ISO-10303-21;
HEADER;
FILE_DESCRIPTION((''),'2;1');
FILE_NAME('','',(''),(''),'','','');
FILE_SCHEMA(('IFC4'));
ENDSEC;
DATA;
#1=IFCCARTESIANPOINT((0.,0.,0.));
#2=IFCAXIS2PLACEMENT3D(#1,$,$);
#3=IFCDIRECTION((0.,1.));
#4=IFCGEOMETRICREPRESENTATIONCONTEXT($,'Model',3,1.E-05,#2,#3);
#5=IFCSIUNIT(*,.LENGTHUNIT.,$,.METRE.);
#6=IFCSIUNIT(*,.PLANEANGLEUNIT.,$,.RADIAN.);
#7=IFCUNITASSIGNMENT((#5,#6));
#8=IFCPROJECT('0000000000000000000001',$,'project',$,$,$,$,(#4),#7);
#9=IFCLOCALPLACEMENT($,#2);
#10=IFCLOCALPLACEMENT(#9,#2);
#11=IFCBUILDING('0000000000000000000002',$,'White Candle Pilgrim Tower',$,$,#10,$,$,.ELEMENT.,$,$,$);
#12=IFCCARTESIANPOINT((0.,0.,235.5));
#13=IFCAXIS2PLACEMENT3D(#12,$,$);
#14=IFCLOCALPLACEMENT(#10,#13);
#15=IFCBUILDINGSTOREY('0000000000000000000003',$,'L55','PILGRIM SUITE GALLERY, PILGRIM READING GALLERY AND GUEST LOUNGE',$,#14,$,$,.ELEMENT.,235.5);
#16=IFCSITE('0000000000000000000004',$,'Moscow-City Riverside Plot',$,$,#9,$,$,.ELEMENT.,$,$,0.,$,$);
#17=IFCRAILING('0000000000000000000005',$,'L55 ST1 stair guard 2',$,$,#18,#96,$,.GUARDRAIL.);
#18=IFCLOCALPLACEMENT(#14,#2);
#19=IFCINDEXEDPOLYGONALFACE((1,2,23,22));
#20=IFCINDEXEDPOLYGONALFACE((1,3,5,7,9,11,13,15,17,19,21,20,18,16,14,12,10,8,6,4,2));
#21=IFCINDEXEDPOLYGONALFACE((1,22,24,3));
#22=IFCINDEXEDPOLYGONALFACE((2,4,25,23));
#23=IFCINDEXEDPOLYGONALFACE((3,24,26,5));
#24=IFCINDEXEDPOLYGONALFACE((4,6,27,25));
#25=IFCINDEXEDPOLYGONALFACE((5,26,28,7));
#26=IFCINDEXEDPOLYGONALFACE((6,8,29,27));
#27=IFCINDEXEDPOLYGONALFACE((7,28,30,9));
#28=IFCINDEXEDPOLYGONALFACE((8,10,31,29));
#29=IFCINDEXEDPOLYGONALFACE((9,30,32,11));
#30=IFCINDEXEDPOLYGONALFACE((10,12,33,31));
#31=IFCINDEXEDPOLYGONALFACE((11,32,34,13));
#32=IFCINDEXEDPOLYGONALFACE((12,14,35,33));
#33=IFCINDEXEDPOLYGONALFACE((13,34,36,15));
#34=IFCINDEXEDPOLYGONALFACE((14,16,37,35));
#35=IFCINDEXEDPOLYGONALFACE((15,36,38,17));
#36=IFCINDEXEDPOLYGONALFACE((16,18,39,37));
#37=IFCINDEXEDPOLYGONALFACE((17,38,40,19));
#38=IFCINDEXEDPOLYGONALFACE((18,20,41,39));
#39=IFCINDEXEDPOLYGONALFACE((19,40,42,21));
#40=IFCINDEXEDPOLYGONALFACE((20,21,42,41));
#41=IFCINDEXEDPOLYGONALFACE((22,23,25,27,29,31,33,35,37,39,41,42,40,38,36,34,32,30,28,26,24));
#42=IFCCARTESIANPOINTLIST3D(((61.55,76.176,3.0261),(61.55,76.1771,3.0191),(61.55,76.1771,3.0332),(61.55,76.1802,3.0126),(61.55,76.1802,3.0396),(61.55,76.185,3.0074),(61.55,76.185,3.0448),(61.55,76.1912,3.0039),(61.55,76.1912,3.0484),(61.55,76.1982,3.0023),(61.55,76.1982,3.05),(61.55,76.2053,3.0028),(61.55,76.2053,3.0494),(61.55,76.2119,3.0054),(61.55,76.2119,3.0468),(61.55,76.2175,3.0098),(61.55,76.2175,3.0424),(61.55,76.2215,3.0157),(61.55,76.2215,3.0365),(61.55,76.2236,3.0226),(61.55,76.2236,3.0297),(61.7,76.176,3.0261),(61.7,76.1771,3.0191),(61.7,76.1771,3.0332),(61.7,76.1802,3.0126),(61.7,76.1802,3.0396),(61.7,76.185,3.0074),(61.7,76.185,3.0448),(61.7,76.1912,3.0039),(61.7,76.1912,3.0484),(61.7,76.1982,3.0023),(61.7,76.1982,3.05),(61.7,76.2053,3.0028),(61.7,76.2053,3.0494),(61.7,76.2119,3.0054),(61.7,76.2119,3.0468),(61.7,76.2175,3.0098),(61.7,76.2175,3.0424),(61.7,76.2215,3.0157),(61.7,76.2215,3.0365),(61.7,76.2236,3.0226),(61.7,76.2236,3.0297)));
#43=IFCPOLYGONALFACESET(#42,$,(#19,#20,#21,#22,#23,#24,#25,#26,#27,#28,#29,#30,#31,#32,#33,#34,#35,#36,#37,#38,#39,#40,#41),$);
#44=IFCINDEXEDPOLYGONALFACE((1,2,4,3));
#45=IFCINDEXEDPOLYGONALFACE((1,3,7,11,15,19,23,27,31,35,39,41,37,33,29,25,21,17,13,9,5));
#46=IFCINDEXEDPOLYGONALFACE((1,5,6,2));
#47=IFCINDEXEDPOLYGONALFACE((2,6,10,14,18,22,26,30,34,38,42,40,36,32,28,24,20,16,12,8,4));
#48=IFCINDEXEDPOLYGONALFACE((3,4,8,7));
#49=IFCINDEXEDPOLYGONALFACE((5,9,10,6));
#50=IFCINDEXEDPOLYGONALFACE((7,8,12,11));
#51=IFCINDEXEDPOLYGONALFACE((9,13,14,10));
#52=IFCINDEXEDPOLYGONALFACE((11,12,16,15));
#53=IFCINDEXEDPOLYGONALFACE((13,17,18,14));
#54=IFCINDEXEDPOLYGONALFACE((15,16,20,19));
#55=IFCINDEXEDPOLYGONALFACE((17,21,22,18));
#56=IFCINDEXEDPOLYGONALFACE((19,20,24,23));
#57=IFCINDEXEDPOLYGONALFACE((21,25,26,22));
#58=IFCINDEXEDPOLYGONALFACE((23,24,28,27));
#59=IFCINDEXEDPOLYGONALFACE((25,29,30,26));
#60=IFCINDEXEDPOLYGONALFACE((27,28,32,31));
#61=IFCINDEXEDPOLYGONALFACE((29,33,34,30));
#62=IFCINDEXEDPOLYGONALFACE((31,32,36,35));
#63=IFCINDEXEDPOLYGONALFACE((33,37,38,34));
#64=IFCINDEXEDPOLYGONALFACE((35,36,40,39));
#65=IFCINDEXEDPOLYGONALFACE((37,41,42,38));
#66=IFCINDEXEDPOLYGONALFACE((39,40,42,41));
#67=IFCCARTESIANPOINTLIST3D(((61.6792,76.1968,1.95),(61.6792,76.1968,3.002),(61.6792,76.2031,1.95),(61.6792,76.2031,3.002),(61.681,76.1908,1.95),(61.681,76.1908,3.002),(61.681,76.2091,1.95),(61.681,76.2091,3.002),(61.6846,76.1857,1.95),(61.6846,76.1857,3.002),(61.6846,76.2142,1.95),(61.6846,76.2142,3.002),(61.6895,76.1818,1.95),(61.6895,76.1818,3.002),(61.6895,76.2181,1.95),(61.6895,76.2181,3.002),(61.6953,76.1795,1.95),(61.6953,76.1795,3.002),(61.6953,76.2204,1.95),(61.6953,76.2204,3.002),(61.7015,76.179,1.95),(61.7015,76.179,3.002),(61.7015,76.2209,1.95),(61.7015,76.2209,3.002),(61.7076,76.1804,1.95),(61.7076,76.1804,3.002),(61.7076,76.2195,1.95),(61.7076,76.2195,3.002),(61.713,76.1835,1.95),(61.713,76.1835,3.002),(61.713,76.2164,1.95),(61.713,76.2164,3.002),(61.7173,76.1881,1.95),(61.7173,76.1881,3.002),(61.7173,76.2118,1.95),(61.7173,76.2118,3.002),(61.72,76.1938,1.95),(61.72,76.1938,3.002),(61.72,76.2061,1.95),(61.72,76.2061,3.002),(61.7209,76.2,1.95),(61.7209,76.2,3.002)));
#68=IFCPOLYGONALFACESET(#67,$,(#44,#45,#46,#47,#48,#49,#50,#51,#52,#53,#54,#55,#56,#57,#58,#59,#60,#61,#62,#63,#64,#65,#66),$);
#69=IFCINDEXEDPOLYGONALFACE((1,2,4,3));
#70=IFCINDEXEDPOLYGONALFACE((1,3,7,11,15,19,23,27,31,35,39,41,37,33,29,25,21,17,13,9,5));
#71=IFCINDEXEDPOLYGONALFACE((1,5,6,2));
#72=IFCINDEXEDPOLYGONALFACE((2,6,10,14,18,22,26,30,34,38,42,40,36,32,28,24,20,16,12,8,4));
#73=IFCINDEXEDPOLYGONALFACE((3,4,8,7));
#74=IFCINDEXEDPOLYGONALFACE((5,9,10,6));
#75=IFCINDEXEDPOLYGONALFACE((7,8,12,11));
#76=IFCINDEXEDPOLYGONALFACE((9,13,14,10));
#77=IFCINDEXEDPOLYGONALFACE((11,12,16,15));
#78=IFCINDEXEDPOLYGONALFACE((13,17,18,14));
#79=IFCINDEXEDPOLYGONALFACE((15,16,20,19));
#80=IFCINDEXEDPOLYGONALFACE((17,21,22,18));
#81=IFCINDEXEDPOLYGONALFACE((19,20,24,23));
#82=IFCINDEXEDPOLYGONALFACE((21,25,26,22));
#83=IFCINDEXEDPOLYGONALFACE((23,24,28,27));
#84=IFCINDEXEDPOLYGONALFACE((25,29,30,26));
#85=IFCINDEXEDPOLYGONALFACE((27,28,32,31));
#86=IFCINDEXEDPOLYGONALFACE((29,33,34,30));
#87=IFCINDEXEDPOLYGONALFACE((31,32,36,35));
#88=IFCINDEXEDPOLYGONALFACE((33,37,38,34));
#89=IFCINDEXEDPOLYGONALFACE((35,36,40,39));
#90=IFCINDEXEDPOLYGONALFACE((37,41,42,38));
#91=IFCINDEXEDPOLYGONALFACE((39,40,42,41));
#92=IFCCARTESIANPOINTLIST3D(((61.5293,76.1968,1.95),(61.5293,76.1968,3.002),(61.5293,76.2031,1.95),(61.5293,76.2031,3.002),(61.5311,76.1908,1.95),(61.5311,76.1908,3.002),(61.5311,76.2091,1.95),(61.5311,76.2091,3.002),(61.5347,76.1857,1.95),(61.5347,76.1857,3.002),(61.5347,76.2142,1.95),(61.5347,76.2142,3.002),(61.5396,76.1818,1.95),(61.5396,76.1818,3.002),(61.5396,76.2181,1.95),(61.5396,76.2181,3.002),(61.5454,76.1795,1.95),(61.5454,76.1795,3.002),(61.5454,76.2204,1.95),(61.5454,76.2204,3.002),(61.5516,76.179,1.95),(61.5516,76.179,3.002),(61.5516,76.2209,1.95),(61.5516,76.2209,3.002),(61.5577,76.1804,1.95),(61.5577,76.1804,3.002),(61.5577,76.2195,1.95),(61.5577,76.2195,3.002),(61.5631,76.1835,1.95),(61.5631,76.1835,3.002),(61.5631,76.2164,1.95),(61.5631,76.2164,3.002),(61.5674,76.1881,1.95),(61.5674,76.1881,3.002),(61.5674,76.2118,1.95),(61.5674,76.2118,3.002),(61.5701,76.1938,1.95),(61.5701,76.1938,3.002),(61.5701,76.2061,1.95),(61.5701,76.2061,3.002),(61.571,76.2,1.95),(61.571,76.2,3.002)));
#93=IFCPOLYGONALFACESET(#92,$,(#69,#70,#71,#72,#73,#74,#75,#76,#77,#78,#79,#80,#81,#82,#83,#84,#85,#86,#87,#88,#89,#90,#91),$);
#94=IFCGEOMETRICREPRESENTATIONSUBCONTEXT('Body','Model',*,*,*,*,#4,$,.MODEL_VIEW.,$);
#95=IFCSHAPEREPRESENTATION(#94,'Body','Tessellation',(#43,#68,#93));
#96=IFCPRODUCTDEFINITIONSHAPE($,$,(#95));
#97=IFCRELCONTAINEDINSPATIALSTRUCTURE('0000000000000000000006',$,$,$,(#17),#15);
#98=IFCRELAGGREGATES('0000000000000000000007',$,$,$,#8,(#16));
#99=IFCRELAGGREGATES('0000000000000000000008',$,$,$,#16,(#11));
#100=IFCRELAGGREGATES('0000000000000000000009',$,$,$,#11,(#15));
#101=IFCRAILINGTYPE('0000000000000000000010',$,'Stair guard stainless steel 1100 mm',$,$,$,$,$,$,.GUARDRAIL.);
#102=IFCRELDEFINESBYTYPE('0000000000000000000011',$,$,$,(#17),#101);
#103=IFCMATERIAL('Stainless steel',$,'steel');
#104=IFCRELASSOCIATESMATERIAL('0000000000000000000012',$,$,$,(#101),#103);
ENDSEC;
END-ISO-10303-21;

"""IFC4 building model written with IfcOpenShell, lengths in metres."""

from ifc_helpers import new_model, si_unit, direction, frame, origin, origin_2d, place, context, subcontext, project, spatial, circle, extrude, material, type_object, element, save


model = new_model("IFC4")

# Units and contexts
model_context = context("Model", 3, precision=1e-05, world=origin(), true_north=direction((0.0, 1.0)))
body_context = subcontext(model_context, "Body", "Model", "MODEL_VIEW")
ifc_project = project(units=[si_unit("LENGTHUNIT", "METRE"), si_unit("PLANEANGLEUNIT", "RADIAN")], contexts=[model_context])

# Site, building, storey
site_placement = place(None, origin())
site = spatial("IfcSite", under=ifc_project, at=site_placement, Name="Moscow-City Riverside Plot", CompositionType="ELEMENT", RefElevation=0.0)
building_placement = place(site_placement, origin())
building = spatial("IfcBuilding", under=site, at=building_placement, Name="White Candle Pilgrim Tower", CompositionType="ELEMENT")
storey_placement = place(building_placement, frame((0.0, 0.0, 235.5)))
storey = spatial("IfcBuildingStorey", under=building, at=storey_placement, Name="L55", Description="PILGRIM SUITE GALLERY, PILGRIM READING GALLERY AND GUEST LOUNGE", CompositionType="ELEMENT", Elevation=235.5)

# Shared definitions
ifc_material_1 = material(Name="Stainless steel", Category="steel")

# Railing
railing_type_1 = type_object("IfcRailingType", Name="Stair guard stainless steel 1100 mm", PredefinedType="GUARDRAIL", material=ifc_material_1)
railing_1_placement = place(storey_placement, frame((61.7, 76.2, 1.95)))
element("IfcRailing", 1, at=railing_1_placement, inside=storey, type_object=railing_type_1, Name="L55 ST1 stair guard 2", PredefinedType="GUARDRAIL", context=body_context, shape_type="SweptSolid", body=[
    extrude(circle(Radius=0.0239, at=origin_2d()), frame((0.0, 0.0, 1.0762), z_axis=(-1.0, 0.0, 0.0), x_axis=(0.0, -1.0, 0.0)), (0.0, 0.0, 1.0), 0.1499),
    extrude(circle(Radius=0.021, at=origin_2d()), origin(), (0.0, 0.0, 1.0), 1.052),
    extrude(circle(Radius=0.021, at=origin_2d()), frame((-0.1499, 0.0, 0.0)), (0.0, 0.0, 1.0), 1.052),
])

save(model, "model.ifc")
